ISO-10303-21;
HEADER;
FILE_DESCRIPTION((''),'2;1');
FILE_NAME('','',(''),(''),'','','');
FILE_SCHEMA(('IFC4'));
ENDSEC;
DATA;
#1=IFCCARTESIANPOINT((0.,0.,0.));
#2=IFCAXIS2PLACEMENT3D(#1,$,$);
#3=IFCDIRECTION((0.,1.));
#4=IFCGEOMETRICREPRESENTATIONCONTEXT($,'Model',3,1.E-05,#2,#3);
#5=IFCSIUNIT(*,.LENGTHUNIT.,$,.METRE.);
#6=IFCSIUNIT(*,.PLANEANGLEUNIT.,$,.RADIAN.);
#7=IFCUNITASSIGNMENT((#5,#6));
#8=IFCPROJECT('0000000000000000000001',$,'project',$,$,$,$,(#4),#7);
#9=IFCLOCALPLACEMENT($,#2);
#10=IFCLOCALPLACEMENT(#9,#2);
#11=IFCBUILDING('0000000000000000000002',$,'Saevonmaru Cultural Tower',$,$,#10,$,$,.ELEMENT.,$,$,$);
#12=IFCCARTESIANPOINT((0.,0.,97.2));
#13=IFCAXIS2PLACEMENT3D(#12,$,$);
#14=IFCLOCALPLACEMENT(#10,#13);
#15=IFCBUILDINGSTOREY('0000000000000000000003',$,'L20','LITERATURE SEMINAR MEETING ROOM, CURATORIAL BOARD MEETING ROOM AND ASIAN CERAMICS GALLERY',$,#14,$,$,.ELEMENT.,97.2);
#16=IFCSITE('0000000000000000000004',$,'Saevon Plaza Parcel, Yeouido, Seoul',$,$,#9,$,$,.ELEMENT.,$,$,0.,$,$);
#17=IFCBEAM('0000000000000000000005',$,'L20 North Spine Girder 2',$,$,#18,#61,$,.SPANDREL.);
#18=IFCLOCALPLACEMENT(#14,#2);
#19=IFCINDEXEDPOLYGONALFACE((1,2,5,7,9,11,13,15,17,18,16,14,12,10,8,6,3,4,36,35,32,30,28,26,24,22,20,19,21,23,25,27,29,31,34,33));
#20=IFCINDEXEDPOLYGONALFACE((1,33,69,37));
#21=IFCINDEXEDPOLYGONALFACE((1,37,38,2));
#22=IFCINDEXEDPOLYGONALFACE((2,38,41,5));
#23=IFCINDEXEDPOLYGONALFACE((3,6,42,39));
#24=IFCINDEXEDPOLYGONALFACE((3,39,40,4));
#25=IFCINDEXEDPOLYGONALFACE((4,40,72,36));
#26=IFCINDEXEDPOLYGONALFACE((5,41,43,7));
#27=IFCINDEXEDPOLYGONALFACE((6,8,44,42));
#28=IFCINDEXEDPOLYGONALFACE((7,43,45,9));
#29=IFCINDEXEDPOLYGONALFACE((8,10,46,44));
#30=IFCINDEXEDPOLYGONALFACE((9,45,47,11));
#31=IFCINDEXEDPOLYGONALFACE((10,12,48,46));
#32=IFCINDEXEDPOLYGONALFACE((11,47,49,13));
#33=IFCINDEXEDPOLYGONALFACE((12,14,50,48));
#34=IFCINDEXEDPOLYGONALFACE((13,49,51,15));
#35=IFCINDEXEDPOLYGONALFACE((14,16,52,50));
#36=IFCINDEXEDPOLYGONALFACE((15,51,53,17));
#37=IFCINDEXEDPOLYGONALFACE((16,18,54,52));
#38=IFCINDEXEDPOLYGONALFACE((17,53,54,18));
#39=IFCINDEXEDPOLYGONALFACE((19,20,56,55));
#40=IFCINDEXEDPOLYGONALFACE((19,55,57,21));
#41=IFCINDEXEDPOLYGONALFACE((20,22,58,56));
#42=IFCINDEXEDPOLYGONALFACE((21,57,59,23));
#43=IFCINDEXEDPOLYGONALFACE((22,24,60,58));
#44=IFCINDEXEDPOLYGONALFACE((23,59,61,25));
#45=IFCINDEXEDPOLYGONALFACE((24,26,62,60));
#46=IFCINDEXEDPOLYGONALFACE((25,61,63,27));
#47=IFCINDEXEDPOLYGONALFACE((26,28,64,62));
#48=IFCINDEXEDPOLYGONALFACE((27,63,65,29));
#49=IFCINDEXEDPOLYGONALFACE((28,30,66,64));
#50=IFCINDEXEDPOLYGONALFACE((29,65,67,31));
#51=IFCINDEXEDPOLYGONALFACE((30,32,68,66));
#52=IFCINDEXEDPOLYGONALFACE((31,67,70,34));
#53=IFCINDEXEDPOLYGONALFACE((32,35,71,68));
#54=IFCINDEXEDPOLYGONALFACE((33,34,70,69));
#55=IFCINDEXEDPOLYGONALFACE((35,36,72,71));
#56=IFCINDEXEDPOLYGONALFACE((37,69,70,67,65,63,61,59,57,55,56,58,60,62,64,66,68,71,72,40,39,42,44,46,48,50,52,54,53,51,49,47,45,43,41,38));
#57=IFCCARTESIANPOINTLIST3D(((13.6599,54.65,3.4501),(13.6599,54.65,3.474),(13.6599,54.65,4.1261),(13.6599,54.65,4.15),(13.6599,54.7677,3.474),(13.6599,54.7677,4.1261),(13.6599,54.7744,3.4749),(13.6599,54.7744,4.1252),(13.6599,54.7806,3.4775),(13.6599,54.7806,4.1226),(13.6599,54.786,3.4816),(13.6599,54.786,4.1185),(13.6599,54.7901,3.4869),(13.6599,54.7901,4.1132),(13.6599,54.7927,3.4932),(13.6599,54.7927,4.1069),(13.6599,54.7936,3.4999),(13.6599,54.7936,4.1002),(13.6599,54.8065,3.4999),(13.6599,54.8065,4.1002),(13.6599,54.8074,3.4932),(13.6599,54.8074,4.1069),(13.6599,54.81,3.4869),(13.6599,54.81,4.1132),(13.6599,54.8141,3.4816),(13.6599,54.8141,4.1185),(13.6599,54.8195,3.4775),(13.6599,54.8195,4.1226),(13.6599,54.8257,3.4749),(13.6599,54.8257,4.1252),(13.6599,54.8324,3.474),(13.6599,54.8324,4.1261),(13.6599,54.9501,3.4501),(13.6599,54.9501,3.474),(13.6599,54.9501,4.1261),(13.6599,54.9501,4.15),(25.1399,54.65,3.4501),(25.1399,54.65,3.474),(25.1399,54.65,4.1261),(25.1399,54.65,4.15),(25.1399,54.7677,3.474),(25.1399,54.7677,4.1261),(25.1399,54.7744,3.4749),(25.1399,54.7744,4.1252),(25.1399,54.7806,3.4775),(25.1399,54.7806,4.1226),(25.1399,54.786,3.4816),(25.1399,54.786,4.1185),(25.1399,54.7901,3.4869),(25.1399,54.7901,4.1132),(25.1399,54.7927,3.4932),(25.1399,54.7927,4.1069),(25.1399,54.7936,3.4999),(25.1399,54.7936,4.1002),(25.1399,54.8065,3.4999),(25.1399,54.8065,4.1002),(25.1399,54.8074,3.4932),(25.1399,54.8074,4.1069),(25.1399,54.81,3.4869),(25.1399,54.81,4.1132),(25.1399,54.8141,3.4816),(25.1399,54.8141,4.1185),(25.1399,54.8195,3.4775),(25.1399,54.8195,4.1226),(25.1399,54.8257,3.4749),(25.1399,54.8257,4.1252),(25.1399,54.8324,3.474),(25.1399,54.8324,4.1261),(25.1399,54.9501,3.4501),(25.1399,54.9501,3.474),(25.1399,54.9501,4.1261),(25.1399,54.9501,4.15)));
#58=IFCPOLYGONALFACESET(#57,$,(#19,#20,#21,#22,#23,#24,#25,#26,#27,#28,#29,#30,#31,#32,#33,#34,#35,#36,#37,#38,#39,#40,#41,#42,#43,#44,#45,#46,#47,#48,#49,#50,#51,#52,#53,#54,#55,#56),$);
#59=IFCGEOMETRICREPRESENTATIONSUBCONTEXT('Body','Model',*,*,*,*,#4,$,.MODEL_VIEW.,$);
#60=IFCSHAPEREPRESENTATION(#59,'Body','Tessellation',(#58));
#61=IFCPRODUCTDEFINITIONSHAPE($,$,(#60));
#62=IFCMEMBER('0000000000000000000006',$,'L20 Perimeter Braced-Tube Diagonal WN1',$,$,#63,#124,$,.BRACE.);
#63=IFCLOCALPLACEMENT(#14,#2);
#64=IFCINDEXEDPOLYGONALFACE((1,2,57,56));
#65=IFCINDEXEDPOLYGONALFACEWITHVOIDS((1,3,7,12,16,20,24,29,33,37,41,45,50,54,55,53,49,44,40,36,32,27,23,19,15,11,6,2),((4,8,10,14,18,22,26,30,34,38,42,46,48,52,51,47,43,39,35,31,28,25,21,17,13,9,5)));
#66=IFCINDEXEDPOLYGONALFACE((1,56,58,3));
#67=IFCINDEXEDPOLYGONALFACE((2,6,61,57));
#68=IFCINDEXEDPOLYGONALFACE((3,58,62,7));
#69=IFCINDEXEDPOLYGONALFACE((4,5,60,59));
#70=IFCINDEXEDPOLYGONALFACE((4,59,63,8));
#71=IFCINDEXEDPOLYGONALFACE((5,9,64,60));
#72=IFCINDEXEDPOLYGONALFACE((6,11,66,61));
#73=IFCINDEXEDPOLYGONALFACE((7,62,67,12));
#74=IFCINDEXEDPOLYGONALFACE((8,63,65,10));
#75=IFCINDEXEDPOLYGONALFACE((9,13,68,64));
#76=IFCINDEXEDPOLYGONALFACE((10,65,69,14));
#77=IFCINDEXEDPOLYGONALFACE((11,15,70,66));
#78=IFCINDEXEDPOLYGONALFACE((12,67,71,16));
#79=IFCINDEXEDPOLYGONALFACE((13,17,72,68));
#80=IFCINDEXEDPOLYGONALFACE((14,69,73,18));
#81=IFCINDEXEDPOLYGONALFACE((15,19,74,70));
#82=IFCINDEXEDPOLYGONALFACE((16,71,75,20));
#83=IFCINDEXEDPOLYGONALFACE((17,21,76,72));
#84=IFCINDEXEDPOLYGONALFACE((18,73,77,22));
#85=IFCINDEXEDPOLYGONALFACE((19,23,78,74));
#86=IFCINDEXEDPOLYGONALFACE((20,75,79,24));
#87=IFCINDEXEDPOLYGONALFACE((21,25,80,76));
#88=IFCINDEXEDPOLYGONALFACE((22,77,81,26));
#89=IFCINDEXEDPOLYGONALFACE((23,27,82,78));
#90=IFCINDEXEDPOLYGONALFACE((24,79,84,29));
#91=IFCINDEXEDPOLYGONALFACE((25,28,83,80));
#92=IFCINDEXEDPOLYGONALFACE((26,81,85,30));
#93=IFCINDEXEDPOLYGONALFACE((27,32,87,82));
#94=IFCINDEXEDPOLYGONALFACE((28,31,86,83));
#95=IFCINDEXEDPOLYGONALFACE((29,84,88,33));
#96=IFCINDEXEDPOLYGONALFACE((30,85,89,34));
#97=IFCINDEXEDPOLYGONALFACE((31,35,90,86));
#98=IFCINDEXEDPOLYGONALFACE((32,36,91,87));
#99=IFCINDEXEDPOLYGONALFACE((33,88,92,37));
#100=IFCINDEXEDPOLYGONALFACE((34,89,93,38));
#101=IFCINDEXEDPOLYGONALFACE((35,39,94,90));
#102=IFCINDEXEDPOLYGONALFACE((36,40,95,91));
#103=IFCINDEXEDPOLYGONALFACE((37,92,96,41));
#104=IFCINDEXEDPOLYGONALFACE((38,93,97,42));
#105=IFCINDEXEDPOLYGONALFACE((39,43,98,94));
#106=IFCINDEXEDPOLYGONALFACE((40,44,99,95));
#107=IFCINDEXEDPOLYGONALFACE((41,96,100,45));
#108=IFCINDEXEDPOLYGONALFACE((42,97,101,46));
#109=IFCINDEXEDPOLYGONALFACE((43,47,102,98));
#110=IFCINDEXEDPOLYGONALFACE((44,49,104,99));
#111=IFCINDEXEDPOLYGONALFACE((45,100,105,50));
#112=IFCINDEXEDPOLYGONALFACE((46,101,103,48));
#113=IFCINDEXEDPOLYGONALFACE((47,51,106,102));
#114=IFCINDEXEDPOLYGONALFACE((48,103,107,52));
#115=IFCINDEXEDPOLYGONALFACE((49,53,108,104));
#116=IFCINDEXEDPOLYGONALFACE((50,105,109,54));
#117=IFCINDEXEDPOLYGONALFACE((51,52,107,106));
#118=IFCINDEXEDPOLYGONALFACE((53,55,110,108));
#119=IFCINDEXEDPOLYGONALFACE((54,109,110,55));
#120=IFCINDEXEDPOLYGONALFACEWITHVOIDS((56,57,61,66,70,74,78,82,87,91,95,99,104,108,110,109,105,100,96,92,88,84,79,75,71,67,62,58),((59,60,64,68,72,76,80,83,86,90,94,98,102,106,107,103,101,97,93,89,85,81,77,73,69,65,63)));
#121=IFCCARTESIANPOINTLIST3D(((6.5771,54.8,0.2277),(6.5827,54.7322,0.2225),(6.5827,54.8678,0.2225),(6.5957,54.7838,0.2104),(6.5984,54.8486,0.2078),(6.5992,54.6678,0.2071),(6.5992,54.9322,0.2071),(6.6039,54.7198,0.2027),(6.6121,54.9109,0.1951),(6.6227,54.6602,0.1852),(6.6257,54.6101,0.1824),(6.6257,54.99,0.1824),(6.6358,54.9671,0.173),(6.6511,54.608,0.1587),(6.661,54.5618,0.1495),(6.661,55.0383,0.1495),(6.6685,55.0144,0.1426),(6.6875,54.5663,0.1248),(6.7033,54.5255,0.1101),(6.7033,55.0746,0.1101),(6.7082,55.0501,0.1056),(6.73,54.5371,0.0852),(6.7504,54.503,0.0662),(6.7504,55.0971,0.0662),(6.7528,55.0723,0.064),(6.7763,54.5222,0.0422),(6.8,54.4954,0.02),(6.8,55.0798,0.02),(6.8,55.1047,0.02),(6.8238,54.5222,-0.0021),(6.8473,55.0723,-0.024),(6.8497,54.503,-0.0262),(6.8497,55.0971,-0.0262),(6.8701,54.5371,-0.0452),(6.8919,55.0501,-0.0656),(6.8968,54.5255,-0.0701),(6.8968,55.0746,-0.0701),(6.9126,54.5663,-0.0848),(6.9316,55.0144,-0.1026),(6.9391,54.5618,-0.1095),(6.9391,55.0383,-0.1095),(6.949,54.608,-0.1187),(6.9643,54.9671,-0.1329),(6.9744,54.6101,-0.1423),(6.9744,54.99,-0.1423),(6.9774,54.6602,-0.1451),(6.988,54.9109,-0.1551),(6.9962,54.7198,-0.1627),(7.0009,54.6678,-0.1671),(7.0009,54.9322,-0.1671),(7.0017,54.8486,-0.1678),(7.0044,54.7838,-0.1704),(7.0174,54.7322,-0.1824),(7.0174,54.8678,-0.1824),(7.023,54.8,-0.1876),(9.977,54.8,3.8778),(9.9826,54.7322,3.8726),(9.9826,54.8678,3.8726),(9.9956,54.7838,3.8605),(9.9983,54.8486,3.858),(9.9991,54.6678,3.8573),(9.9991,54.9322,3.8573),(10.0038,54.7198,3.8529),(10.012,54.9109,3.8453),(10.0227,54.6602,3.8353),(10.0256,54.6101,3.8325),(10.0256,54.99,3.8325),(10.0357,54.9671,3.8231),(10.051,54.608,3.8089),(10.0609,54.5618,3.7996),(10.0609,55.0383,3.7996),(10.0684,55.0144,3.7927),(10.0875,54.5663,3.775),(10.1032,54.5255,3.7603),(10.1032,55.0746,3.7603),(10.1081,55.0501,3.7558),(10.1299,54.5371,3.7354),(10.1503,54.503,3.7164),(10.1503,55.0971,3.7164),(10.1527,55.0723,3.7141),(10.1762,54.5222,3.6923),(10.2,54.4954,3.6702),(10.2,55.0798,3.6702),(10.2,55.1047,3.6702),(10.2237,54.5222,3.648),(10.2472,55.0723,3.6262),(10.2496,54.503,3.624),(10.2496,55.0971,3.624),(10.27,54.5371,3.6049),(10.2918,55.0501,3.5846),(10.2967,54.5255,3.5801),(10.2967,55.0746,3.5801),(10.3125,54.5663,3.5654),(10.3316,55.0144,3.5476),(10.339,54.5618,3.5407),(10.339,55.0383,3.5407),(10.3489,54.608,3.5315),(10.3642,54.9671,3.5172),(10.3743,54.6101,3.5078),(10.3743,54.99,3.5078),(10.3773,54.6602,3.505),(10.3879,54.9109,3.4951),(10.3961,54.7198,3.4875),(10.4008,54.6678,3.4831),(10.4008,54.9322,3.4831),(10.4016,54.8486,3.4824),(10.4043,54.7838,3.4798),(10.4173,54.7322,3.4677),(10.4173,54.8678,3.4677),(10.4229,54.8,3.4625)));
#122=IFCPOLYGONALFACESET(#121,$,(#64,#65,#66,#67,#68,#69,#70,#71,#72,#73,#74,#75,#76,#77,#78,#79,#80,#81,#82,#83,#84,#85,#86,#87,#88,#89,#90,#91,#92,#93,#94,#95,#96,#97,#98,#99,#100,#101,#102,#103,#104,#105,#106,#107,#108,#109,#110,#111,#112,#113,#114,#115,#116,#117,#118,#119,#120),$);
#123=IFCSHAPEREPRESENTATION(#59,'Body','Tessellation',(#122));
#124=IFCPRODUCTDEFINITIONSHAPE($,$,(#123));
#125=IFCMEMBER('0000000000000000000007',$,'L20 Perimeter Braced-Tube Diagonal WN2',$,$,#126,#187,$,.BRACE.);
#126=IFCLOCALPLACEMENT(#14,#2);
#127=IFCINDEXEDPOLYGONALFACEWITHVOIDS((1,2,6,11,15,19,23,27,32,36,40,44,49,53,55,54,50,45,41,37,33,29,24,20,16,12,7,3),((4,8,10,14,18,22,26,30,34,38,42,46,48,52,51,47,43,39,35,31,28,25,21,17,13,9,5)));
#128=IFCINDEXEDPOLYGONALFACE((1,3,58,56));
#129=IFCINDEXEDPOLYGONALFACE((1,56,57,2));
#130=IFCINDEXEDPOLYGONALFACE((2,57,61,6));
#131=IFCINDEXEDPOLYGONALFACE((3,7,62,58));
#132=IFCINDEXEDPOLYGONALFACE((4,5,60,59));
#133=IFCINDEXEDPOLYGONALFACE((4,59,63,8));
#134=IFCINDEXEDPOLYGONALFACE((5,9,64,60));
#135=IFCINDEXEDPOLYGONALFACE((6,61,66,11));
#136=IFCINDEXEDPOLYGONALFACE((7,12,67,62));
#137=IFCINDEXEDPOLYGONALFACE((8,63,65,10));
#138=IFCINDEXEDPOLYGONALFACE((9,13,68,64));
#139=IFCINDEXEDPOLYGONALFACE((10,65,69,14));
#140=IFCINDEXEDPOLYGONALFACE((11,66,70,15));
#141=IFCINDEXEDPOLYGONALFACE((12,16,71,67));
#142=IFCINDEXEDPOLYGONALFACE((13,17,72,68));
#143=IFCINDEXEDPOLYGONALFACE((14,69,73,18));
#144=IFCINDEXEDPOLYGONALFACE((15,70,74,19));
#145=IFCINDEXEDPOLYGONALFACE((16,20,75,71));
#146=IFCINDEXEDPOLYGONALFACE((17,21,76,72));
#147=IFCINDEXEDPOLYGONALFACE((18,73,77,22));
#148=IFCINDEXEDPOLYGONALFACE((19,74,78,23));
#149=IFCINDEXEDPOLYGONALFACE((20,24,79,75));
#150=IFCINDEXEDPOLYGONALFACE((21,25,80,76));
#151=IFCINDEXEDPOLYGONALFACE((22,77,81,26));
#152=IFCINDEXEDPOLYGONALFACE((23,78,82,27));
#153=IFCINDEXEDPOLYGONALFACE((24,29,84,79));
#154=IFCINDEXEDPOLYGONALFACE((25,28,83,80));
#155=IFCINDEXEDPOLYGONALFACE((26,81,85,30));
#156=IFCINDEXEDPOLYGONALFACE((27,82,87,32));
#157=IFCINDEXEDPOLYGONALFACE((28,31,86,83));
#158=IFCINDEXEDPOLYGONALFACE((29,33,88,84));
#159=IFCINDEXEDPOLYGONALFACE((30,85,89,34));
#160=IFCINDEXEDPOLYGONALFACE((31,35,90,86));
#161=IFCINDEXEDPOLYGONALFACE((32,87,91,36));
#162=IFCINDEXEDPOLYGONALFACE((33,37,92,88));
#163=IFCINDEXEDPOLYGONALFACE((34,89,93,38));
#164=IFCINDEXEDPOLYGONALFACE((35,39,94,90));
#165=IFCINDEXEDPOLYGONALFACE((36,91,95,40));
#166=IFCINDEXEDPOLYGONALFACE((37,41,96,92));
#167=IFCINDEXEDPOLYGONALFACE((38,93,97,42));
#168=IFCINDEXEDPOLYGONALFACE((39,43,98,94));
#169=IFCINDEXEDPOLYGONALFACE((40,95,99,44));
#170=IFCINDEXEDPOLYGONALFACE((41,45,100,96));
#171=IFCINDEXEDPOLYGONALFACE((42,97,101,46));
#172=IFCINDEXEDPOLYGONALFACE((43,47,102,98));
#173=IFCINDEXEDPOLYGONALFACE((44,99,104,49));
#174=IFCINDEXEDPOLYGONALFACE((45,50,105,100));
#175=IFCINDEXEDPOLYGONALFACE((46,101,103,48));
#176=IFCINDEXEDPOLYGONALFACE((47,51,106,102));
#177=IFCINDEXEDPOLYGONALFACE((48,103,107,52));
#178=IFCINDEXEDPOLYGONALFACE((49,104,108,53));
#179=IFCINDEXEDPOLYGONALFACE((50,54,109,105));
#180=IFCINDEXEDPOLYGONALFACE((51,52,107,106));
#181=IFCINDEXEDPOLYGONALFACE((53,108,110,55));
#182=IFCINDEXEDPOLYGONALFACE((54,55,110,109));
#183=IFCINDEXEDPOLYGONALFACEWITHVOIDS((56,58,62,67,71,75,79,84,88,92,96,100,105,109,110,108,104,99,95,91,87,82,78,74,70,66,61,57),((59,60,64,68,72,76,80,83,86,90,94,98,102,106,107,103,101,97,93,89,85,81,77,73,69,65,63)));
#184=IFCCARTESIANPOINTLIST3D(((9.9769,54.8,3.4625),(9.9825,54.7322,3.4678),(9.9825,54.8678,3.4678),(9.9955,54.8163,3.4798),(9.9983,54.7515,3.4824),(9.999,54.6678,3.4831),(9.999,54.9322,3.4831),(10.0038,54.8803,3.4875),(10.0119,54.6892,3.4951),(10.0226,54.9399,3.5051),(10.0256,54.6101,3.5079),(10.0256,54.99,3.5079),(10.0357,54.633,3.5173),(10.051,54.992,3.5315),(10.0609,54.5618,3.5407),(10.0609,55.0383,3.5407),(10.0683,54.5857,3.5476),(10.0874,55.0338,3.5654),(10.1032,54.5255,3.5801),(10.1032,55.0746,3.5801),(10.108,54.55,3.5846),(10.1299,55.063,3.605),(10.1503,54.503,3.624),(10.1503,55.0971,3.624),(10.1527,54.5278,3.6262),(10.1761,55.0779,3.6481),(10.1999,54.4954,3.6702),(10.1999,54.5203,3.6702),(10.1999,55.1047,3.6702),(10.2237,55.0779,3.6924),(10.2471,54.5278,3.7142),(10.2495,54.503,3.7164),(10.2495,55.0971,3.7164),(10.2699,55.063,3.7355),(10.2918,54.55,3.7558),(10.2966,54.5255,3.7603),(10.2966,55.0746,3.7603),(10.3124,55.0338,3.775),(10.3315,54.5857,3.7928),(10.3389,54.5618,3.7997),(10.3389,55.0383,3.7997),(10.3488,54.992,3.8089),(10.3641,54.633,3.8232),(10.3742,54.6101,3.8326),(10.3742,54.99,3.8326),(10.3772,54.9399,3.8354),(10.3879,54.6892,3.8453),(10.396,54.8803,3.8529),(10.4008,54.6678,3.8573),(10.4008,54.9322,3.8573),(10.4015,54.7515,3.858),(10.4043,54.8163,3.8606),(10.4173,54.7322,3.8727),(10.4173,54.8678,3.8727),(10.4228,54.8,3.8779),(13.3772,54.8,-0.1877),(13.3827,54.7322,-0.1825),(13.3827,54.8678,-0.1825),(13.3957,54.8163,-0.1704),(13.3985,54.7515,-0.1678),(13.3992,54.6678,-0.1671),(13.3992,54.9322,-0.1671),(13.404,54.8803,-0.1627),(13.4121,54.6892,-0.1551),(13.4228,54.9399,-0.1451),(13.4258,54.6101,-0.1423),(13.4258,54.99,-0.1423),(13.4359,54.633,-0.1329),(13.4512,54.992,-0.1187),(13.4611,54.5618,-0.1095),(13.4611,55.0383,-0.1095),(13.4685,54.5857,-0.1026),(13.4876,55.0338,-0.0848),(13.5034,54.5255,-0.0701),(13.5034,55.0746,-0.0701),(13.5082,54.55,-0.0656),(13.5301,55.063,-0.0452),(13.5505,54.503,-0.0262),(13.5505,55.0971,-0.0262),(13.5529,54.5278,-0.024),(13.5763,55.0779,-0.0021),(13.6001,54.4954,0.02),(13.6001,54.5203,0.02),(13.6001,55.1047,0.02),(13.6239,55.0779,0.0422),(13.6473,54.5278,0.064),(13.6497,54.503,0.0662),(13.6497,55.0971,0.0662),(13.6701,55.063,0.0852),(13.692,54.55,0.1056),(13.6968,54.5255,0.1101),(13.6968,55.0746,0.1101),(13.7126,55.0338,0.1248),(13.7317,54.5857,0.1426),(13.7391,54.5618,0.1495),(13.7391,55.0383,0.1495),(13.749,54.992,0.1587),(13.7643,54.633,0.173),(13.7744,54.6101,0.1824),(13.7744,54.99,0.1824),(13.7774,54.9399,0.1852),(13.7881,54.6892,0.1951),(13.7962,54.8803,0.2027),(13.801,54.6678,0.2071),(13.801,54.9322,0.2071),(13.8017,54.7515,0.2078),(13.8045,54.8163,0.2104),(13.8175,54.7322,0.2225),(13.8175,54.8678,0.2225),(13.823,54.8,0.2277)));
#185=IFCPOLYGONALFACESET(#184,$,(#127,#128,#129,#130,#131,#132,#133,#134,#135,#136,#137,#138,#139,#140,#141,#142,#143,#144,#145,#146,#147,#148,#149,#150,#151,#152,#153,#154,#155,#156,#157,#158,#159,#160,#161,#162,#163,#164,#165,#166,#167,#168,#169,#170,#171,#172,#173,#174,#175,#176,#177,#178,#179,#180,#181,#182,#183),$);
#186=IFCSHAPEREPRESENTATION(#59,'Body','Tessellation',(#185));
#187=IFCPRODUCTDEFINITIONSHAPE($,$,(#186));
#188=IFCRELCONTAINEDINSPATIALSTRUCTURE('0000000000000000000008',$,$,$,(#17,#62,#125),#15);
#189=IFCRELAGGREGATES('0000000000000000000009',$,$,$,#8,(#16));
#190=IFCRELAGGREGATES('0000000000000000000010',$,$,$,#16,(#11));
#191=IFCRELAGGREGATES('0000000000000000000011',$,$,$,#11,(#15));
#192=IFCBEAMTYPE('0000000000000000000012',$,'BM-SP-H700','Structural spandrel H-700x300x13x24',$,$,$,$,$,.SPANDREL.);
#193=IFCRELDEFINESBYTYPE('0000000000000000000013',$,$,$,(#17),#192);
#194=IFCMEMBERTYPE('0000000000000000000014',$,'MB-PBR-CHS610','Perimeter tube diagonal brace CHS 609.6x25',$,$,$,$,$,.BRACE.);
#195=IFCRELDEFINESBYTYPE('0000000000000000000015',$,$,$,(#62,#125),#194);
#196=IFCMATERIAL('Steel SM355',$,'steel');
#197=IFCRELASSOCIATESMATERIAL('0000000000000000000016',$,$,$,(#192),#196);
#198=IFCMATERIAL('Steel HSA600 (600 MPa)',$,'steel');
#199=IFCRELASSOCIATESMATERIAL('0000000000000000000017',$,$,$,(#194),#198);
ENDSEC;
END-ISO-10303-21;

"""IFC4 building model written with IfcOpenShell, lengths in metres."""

from ifc_helpers import new_model, si_unit, direction, frame, origin, origin_2d, place, context, subcontext, project, spatial, hollow_circle, i_section, extrude, material, material_profile, profile_set, type_object, element, save


model = new_model("IFC4")

# Units and contexts
model_context = context("Model", 3, precision=1e-05, world=origin(), true_north=direction((0.0, 1.0)))
body_context = subcontext(model_context, "Body", "Model", "MODEL_VIEW")
ifc_project = project(units=[si_unit("LENGTHUNIT", "METRE"), si_unit("PLANEANGLEUNIT", "RADIAN")], contexts=[model_context])

# Site, building, storey
site_placement = place(None, origin())
site = spatial("IfcSite", under=ifc_project, at=site_placement, Name="Saevon Plaza Parcel, Yeouido, Seoul", CompositionType="ELEMENT", RefElevation=0.0)
building_placement = place(site_placement, origin())
building = spatial("IfcBuilding", under=site, at=building_placement, Name="Saevonmaru Cultural Tower", CompositionType="ELEMENT")
storey_placement = place(building_placement, frame((0.0, 0.0, 97.2)))
storey = spatial("IfcBuildingStorey", under=building, at=storey_placement, Name="L20", Description="LITERATURE SEMINAR MEETING ROOM, CURATORIAL BOARD MEETING ROOM AND ASIAN CERAMICS GALLERY", CompositionType="ELEMENT", Elevation=97.2)

# Shared definitions
ifc_material_1 = material(Name="Steel HSA600 (600 MPa)", Category="steel")
ifc_material_2 = material(Name="Steel SM355", Category="steel")

# Beam
ifc_material_profile_1 = material_profile(ifc_material_2, i_section(OverallWidth=0.3, OverallDepth=0.7, WebThickness=0.0129, FlangeThickness=0.0239, FilletRadius=0.0259, at=origin_2d()), Name="H-700x300x13x24")
ifc_profile_set_1 = profile_set([ifc_material_profile_1], Name="Steel SM355")
beam_type_1 = type_object("IfcBeamType", Name="BM-SP-H700", Description="Structural spandrel H-700x300x13x24", PredefinedType="SPANDREL", material=ifc_profile_set_1)
beam_1_placement = place(storey_placement, frame((13.6599, 54.8, 3.8), z_axis=(1.0, 0.0, 0.0), x_axis=(0.0, 1.0, 0.0)))
element("IfcBeam", 1, at=beam_1_placement, inside=storey, type_object=beam_type_1, Name="L20 North Spine Girder 2", PredefinedType="SPANDREL", context=body_context, shape_type="SweptSolid", body=[
    extrude(i_section(OverallWidth=0.3, OverallDepth=0.7, WebThickness=0.0129, FlangeThickness=0.0239, FilletRadius=0.0259, at=origin_2d()), origin(), (0.0, 0.0, 1.0), 11.48),
])

# Members
ifc_material_profile_2 = material_profile(ifc_material_1, hollow_circle(Radius=0.3047, WallThickness=0.0249, at=origin_2d()), Name="CHS-609.6x25")
ifc_profile_set_2 = profile_set([ifc_material_profile_2], Name="Steel HSA600 (600 MPa)")
member_type_1 = type_object("IfcMemberType", Name="MB-PBR-CHS610", Description="Perimeter tube diagonal brace CHS 609.6x25", PredefinedType="BRACE", material=ifc_profile_set_2)
member_1_placement = place(storey_placement, frame((6.8, 54.8, 0.02), z_axis=(0.681579, 0.0, 0.731745), x_axis=(0.0, 1.0, 0.0)))
element("IfcMember", 2, at=member_1_placement, inside=storey, type_object=member_type_1, Name="L20 Perimeter Braced-Tube Diagonal WN1", PredefinedType="BRACE", context=body_context, shape_type="SweptSolid", body=[
    extrude(hollow_circle(Radius=0.3047, WallThickness=0.0249, at=origin_2d()), origin(), (0.0, 0.0, 1.0), 4.9883),
])
member_2_placement = place(storey_placement, frame((13.6001, 54.8, 0.02), z_axis=(-0.681605, 0.0, 0.731721), x_axis=(0.0, -1.0, 0.0)))
element("IfcMember", 3, at=member_2_placement, inside=storey, type_object=member_type_1, Name="L20 Perimeter Braced-Tube Diagonal WN2", PredefinedType="BRACE", context=body_context, shape_type="SweptSolid", body=[
    extrude(hollow_circle(Radius=0.3047, WallThickness=0.0249, at=origin_2d()), origin(), (0.0, 0.0, 1.0), 4.9885),
])

save(model, "model.ifc")
